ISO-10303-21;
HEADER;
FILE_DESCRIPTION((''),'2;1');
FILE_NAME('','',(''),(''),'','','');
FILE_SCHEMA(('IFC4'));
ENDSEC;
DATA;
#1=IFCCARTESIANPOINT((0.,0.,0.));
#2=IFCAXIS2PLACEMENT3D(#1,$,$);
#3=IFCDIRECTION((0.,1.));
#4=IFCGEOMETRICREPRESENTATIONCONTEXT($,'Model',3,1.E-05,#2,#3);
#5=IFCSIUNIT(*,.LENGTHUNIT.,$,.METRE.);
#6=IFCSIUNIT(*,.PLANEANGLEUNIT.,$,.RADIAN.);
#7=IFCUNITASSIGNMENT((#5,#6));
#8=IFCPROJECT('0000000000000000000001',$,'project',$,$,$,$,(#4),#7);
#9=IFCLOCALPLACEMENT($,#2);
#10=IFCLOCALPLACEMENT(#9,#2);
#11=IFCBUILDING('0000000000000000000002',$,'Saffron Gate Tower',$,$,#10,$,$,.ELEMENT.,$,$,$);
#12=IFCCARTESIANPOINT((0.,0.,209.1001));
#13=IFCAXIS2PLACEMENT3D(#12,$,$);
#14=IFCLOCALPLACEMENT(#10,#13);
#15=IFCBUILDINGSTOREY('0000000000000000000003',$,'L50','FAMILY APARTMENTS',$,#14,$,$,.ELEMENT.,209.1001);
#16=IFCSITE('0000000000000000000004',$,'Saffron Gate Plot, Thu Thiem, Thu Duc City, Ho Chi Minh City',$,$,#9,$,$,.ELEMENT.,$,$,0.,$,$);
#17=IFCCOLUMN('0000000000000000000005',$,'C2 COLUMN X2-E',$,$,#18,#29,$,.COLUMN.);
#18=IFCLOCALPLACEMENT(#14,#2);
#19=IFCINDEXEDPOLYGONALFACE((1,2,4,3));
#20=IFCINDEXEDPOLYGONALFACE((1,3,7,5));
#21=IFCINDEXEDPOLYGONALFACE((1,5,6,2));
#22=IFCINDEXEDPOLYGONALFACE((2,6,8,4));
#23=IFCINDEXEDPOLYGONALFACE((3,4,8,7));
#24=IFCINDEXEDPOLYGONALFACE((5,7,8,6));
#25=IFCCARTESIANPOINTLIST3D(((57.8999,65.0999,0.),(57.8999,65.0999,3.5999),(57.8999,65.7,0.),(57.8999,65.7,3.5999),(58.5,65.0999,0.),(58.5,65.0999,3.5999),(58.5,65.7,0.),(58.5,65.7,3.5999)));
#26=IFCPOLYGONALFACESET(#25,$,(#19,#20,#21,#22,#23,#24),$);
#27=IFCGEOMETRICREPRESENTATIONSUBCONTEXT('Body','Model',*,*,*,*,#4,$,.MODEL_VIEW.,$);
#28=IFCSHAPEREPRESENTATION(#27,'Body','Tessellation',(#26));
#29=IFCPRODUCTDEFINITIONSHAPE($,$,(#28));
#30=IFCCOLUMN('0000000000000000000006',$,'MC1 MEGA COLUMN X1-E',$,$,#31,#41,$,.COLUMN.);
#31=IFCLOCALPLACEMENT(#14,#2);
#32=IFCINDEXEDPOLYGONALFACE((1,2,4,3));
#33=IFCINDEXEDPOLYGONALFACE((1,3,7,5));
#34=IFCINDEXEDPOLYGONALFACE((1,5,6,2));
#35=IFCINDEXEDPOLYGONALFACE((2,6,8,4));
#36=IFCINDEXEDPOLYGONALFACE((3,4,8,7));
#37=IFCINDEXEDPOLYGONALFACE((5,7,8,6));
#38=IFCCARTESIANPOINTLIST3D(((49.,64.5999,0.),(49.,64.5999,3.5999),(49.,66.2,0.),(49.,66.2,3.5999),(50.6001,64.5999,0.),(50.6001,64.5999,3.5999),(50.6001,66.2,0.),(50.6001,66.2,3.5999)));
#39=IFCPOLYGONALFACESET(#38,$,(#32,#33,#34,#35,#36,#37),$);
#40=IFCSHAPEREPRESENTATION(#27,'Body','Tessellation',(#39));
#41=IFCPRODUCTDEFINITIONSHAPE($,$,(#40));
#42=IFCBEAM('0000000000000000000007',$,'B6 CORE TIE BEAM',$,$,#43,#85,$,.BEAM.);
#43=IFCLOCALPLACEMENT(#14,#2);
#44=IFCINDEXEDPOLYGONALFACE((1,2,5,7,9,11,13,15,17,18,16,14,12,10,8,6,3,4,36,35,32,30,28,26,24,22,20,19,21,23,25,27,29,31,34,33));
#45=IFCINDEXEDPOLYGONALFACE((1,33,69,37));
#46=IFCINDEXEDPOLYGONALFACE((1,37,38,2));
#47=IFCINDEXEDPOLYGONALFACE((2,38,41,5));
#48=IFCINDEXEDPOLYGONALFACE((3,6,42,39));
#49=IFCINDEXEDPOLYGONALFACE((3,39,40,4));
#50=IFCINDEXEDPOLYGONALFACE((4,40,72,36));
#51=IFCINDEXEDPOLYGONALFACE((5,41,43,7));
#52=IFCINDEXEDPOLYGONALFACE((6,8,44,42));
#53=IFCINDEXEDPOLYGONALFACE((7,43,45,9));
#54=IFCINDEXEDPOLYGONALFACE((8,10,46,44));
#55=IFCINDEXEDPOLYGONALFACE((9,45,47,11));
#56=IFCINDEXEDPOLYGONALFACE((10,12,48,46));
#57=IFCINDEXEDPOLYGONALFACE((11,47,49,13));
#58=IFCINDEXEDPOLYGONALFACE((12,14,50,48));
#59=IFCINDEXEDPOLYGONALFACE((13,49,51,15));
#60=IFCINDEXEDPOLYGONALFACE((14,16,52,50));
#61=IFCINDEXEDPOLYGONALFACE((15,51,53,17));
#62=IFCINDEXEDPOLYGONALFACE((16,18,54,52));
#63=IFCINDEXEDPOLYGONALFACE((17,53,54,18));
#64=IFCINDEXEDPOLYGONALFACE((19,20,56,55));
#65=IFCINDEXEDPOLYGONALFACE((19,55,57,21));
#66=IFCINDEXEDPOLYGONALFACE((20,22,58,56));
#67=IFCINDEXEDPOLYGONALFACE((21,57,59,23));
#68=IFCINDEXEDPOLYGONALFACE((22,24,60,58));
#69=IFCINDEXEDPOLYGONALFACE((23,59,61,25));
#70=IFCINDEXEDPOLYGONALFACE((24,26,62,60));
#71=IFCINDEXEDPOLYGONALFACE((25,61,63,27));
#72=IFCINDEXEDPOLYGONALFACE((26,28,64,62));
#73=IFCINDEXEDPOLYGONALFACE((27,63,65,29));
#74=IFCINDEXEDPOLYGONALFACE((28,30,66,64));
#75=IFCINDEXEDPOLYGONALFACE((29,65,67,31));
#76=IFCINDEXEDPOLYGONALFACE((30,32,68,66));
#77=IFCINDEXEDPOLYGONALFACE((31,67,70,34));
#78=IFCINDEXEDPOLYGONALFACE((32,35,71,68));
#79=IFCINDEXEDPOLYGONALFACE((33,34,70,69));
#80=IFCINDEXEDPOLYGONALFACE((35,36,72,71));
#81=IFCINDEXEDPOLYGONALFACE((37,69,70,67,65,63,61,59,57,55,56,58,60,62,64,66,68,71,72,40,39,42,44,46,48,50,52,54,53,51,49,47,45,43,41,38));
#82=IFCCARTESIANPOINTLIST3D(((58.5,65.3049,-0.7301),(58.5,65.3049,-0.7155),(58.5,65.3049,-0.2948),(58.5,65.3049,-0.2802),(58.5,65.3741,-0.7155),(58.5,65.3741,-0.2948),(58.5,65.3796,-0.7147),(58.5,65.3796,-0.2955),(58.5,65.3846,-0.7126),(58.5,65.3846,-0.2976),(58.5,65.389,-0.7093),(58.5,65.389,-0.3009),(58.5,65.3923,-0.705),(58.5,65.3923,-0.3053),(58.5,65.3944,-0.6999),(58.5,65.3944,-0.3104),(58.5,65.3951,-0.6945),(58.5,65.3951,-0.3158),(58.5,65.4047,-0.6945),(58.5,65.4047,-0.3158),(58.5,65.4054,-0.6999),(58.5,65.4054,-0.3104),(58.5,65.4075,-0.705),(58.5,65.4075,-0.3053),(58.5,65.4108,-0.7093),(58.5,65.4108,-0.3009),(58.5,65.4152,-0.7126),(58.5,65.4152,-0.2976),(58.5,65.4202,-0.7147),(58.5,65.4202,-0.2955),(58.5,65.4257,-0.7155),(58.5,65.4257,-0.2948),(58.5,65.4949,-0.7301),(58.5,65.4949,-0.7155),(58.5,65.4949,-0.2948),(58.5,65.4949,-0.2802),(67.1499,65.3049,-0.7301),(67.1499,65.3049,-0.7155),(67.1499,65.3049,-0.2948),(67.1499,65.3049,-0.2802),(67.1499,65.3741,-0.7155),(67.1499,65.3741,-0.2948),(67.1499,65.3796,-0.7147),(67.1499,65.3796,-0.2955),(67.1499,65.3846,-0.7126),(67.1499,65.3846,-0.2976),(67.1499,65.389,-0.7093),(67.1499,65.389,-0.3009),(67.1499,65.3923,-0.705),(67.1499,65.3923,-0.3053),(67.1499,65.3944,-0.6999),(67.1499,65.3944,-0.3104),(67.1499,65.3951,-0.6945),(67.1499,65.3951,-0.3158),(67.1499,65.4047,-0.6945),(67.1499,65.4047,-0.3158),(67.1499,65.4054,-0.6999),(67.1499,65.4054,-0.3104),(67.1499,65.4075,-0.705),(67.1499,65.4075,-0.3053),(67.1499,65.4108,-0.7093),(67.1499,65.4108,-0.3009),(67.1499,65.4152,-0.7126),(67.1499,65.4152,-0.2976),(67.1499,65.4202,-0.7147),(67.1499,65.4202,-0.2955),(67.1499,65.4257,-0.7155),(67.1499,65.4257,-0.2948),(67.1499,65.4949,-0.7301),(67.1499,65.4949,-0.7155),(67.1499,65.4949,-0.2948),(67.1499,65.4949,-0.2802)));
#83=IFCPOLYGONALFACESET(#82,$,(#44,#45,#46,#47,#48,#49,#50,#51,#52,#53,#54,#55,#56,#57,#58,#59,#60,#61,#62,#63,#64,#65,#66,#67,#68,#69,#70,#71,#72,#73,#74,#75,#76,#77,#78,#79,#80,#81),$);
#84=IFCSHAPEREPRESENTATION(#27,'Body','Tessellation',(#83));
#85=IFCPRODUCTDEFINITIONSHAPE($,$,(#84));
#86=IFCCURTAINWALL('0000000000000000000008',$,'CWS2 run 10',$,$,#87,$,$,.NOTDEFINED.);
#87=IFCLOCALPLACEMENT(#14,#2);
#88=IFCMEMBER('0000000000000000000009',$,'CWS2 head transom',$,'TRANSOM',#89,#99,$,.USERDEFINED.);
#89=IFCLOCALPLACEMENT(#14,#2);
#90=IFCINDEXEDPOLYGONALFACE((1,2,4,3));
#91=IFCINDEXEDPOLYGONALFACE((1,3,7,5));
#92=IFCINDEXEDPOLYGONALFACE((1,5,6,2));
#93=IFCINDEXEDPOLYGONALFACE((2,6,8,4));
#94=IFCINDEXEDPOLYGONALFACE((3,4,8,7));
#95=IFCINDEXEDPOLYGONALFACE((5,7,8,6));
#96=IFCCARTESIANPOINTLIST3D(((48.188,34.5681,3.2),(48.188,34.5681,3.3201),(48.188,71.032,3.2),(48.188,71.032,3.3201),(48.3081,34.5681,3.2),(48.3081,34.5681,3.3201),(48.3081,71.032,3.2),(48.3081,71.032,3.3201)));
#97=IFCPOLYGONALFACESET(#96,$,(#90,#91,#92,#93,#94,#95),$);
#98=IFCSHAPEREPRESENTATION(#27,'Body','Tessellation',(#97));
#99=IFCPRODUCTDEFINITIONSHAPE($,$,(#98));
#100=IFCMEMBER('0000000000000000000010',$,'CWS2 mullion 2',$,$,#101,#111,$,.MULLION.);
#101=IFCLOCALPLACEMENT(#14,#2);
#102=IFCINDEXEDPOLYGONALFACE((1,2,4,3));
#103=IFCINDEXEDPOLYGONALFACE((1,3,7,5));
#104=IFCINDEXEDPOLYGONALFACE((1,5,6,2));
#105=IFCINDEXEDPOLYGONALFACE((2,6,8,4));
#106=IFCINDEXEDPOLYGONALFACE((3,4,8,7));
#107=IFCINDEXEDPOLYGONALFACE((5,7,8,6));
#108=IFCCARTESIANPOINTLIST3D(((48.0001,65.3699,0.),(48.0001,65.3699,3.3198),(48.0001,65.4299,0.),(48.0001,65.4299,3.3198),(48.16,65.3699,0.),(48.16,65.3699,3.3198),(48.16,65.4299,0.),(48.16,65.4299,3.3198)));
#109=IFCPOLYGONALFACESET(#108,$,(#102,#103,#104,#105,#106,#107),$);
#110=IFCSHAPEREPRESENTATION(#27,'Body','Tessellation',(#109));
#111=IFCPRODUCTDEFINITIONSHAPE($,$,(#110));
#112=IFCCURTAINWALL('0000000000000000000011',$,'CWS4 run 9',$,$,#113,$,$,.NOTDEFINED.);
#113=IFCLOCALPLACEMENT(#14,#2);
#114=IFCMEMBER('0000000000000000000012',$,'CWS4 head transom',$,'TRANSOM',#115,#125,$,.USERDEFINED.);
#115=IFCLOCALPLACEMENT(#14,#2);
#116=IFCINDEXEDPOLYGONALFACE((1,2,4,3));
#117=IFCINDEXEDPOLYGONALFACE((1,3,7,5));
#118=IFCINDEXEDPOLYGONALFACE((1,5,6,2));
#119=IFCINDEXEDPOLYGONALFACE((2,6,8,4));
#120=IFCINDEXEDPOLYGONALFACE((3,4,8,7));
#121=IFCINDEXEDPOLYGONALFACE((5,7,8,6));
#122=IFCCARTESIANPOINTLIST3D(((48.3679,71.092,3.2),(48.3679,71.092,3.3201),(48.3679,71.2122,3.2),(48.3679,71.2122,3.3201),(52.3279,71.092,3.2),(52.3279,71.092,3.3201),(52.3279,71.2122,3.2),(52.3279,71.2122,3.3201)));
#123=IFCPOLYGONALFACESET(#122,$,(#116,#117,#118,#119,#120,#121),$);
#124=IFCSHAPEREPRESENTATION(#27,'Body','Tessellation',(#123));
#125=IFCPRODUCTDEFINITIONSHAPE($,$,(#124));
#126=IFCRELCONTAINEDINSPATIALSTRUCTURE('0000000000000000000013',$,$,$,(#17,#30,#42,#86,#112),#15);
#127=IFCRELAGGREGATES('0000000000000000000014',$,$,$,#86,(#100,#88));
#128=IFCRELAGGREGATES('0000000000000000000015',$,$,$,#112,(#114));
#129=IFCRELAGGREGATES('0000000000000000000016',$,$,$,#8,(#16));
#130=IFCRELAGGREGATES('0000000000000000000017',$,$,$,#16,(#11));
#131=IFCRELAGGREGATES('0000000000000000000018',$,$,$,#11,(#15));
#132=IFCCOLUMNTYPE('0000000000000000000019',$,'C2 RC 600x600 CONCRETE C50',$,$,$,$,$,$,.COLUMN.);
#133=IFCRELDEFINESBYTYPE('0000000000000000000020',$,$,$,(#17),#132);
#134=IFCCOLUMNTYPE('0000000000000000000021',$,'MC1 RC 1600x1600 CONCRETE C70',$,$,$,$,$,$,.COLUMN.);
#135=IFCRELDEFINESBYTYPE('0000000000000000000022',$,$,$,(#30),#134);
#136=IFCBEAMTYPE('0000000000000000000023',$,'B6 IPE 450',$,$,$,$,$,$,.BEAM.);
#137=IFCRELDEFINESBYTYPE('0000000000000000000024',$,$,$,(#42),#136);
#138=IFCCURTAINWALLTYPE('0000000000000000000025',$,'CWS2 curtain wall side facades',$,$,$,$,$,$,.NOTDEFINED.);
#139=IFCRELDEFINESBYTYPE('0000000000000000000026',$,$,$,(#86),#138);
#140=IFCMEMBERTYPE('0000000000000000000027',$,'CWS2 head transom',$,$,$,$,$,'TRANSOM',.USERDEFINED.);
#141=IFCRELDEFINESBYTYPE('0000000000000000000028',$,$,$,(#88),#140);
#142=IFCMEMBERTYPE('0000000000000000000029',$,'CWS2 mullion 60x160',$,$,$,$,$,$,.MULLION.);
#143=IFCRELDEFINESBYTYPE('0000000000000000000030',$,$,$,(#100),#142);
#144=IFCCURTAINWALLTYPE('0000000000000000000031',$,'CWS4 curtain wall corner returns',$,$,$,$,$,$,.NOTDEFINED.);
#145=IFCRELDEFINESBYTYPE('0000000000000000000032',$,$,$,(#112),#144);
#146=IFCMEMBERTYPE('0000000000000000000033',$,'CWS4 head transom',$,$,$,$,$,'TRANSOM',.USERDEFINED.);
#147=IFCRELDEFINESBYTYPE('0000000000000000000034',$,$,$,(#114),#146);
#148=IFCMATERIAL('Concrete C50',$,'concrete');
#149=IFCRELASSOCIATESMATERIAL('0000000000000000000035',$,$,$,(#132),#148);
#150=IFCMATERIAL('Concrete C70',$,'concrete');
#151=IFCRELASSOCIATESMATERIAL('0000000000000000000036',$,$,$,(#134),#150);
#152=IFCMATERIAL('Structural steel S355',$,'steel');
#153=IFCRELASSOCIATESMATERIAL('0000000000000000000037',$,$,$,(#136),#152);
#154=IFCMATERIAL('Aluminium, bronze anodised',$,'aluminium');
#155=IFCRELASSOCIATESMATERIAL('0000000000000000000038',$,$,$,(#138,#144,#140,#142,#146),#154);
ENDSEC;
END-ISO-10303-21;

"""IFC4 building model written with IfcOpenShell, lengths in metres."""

from ifc_helpers import new_model, si_unit, direction, frame, origin, origin_2d, place, context, subcontext, project, spatial, rectangle, i_section, extrude, material, material_profile, profile_set, type_object, element, aggregate, save


model = new_model("IFC4")

# Units and contexts
model_context = context("Model", 3, precision=1e-05, world=origin(), true_north=direction((0.0, 1.0)))
body_context = subcontext(model_context, "Body", "Model", "MODEL_VIEW")
ifc_project = project(units=[si_unit("LENGTHUNIT", "METRE"), si_unit("PLANEANGLEUNIT", "RADIAN")], contexts=[model_context])

# Site, building, storey
site_placement = place(None, origin())
site = spatial("IfcSite", under=ifc_project, at=site_placement, Name="Saffron Gate Plot, Thu Thiem, Thu Duc City, Ho Chi Minh City", CompositionType="ELEMENT", RefElevation=0.0)
building_placement = place(site_placement, origin())
building = spatial("IfcBuilding", under=site, at=building_placement, Name="Saffron Gate Tower", CompositionType="ELEMENT")
storey_placement = place(building_placement, frame((0.0, 0.0, 209.1001)))
storey = spatial("IfcBuildingStorey", under=building, at=storey_placement, Name="L50", Description="FAMILY APARTMENTS", CompositionType="ELEMENT", Elevation=209.1001)

# Columns
ifc_material_1 = material(Name="Concrete C50", Category="concrete")
ifc_material_profile_1 = material_profile(ifc_material_1, rectangle(XDim=0.6001, YDim=0.6001, at=origin_2d()))
ifc_profile_set_1 = profile_set([ifc_material_profile_1], Name="Concrete C50")
column_type_1 = type_object("IfcColumnType", Name="C2 RC 600x600 CONCRETE C50", PredefinedType="COLUMN", material=ifc_profile_set_1)
column_1_placement = place(storey_placement, frame((58.2, 65.3999, 0.0), z_axis=(0.0, 0.0, 1.0), x_axis=(1.0, 0.0, 0.0)))
element("IfcColumn", 1, at=column_1_placement, inside=storey, type_object=column_type_1, Name="C2 COLUMN X2-E", PredefinedType="COLUMN", context=body_context, shape_type="SweptSolid", body=[
    extrude(rectangle(XDim=0.6001, YDim=0.6001, at=origin_2d()), origin(), (0.0, 0.0, 1.0), 3.5999),
])
ifc_material_2 = material(Name="Concrete C70", Category="concrete")
ifc_material_profile_2 = material_profile(ifc_material_2, rectangle(XDim=1.6001, YDim=1.6001, at=origin_2d()))
ifc_profile_set_2 = profile_set([ifc_material_profile_2], Name="Concrete C70")
column_type_2 = type_object("IfcColumnType", Name="MC1 RC 1600x1600 CONCRETE C70", PredefinedType="COLUMN", material=ifc_profile_set_2)
column_2_placement = place(storey_placement, frame((49.8, 65.3999, 0.0), z_axis=(0.0, 0.0, 1.0), x_axis=(1.0, 0.0, 0.0)))
element("IfcColumn", 2, at=column_2_placement, inside=storey, type_object=column_type_2, Name="MC1 MEGA COLUMN X1-E", PredefinedType="COLUMN", context=body_context, shape_type="SweptSolid", body=[
    extrude(rectangle(XDim=1.6001, YDim=1.6001, at=origin_2d()), origin(), (0.0, 0.0, 1.0), 3.5999),
])

# Beam
ifc_material_3 = material(Name="Structural steel S355", Category="steel")
ifc_material_profile_3 = material_profile(ifc_material_3, i_section(OverallWidth=0.1899, OverallDepth=0.45, WebThickness=0.0095, FlangeThickness=0.0146, FilletRadius=0.021, at=origin_2d()))
ifc_profile_set_3 = profile_set([ifc_material_profile_3], Name="Structural steel S355")
beam_type = type_object("IfcBeamType", Name="B6 IPE 450", PredefinedType="BEAM", material=ifc_profile_set_3)
beam_placement = place(storey_placement, frame((58.5, 65.3999, -0.5051), z_axis=(1.0, 0.0, 0.0), x_axis=(0.0, 1.0, 0.0)))
element("IfcBeam", 3, at=beam_placement, inside=storey, type_object=beam_type, Name="B6 CORE TIE BEAM", PredefinedType="BEAM", context=body_context, shape_type="SweptSolid", body=[
    extrude(i_section(OverallWidth=0.1899, OverallDepth=0.45, WebThickness=0.0095, FlangeThickness=0.0146, FilletRadius=0.021, at=origin_2d()), origin(), (0.0, 0.0, 1.0), 8.6499),
])

# Curtain wall, members
ifc_material_4 = material(Name="Aluminium, bronze anodised", Category="aluminium")
curtain_wall_type_1 = type_object("IfcCurtainWallType", Name="CWS2 curtain wall side facades", PredefinedType="NOTDEFINED", material=ifc_material_4)
curtain_wall_1_placement = place(storey_placement, origin())
curtain_wall_1 = element("IfcCurtainWall", 4, at=curtain_wall_1_placement, inside=storey, type_object=curtain_wall_type_1, Name="CWS2 run 10", PredefinedType="NOTDEFINED")
ifc_material_profile_4 = material_profile(ifc_material_4, rectangle(XDim=0.1201, YDim=0.1201, at=origin_2d()))
ifc_profile_set_4 = profile_set([ifc_material_profile_4], Name="Aluminium, bronze anodised")
member_type_1 = type_object("IfcMemberType", Name="CWS2 head transom", ElementType="TRANSOM", PredefinedType="USERDEFINED", material=ifc_profile_set_4)
member_1_placement = place(storey_placement, frame((48.248, 71.032, 3.26), z_axis=(0.0, -1.0, 0.0), x_axis=(1.0, 0.0, 0.0)))
member_1 = element("IfcMember", 5, at=member_1_placement, type_object=member_type_1, Name="CWS2 head transom", ObjectType="TRANSOM", PredefinedType="USERDEFINED", context=body_context, shape_type="SweptSolid", body=[
    extrude(rectangle(XDim=0.1201, YDim=0.1201, at=origin_2d()), origin(), (0.0, 0.0, 1.0), 36.4639),
])
ifc_material_profile_5 = material_profile(ifc_material_4, rectangle(XDim=0.1599, YDim=0.0601, at=origin_2d()))
ifc_profile_set_5 = profile_set([ifc_material_profile_5], Name="Aluminium, bronze anodised")
member_type_2 = type_object("IfcMemberType", Name="CWS2 mullion 60x160", PredefinedType="MULLION", material=ifc_profile_set_5)
member_2_placement = place(storey_placement, frame((48.0801, 65.3999, 0.0), z_axis=(0.0, 0.0, 1.0), x_axis=(1.0, 0.0, 0.0)))
member_2 = element("IfcMember", 6, at=member_2_placement, type_object=member_type_2, Name="CWS2 mullion 2", PredefinedType="MULLION", context=body_context, shape_type="SweptSolid", body=[
    extrude(rectangle(XDim=0.1599, YDim=0.0601, at=origin_2d()), origin(), (0.0, 0.0, 1.0), 3.3198),
])

# Curtain wall, member
curtain_wall_type_2 = type_object("IfcCurtainWallType", Name="CWS4 curtain wall corner returns", PredefinedType="NOTDEFINED", material=ifc_material_4)
curtain_wall_2_placement = place(storey_placement, origin())
curtain_wall_2 = element("IfcCurtainWall", 7, at=curtain_wall_2_placement, inside=storey, type_object=curtain_wall_type_2, Name="CWS4 run 9", PredefinedType="NOTDEFINED")
ifc_material_profile_6 = material_profile(ifc_material_4, rectangle(XDim=0.1201, YDim=0.1201, at=origin_2d()))
ifc_profile_set_6 = profile_set([ifc_material_profile_6], Name="Aluminium, bronze anodised")
member_type_3 = type_object("IfcMemberType", Name="CWS4 head transom", ElementType="TRANSOM", PredefinedType="USERDEFINED", material=ifc_profile_set_6)
member_3_placement = place(storey_placement, frame((52.3279, 71.1521, 3.26), z_axis=(-1.0, 0.0, 0.0), x_axis=(0.0, -1.0, 0.0)))
member_3 = element("IfcMember", 8, at=member_3_placement, type_object=member_type_3, Name="CWS4 head transom", ObjectType="TRANSOM", PredefinedType="USERDEFINED", context=body_context, shape_type="SweptSolid", body=[
    extrude(rectangle(XDim=0.1201, YDim=0.1201, at=origin_2d()), origin(), (0.0, 0.0, 1.0), 3.96),
])

aggregate(curtain_wall_1, [member_2, member_1])

aggregate(curtain_wall_2, [member_3])

save(model, "model.ifc")
